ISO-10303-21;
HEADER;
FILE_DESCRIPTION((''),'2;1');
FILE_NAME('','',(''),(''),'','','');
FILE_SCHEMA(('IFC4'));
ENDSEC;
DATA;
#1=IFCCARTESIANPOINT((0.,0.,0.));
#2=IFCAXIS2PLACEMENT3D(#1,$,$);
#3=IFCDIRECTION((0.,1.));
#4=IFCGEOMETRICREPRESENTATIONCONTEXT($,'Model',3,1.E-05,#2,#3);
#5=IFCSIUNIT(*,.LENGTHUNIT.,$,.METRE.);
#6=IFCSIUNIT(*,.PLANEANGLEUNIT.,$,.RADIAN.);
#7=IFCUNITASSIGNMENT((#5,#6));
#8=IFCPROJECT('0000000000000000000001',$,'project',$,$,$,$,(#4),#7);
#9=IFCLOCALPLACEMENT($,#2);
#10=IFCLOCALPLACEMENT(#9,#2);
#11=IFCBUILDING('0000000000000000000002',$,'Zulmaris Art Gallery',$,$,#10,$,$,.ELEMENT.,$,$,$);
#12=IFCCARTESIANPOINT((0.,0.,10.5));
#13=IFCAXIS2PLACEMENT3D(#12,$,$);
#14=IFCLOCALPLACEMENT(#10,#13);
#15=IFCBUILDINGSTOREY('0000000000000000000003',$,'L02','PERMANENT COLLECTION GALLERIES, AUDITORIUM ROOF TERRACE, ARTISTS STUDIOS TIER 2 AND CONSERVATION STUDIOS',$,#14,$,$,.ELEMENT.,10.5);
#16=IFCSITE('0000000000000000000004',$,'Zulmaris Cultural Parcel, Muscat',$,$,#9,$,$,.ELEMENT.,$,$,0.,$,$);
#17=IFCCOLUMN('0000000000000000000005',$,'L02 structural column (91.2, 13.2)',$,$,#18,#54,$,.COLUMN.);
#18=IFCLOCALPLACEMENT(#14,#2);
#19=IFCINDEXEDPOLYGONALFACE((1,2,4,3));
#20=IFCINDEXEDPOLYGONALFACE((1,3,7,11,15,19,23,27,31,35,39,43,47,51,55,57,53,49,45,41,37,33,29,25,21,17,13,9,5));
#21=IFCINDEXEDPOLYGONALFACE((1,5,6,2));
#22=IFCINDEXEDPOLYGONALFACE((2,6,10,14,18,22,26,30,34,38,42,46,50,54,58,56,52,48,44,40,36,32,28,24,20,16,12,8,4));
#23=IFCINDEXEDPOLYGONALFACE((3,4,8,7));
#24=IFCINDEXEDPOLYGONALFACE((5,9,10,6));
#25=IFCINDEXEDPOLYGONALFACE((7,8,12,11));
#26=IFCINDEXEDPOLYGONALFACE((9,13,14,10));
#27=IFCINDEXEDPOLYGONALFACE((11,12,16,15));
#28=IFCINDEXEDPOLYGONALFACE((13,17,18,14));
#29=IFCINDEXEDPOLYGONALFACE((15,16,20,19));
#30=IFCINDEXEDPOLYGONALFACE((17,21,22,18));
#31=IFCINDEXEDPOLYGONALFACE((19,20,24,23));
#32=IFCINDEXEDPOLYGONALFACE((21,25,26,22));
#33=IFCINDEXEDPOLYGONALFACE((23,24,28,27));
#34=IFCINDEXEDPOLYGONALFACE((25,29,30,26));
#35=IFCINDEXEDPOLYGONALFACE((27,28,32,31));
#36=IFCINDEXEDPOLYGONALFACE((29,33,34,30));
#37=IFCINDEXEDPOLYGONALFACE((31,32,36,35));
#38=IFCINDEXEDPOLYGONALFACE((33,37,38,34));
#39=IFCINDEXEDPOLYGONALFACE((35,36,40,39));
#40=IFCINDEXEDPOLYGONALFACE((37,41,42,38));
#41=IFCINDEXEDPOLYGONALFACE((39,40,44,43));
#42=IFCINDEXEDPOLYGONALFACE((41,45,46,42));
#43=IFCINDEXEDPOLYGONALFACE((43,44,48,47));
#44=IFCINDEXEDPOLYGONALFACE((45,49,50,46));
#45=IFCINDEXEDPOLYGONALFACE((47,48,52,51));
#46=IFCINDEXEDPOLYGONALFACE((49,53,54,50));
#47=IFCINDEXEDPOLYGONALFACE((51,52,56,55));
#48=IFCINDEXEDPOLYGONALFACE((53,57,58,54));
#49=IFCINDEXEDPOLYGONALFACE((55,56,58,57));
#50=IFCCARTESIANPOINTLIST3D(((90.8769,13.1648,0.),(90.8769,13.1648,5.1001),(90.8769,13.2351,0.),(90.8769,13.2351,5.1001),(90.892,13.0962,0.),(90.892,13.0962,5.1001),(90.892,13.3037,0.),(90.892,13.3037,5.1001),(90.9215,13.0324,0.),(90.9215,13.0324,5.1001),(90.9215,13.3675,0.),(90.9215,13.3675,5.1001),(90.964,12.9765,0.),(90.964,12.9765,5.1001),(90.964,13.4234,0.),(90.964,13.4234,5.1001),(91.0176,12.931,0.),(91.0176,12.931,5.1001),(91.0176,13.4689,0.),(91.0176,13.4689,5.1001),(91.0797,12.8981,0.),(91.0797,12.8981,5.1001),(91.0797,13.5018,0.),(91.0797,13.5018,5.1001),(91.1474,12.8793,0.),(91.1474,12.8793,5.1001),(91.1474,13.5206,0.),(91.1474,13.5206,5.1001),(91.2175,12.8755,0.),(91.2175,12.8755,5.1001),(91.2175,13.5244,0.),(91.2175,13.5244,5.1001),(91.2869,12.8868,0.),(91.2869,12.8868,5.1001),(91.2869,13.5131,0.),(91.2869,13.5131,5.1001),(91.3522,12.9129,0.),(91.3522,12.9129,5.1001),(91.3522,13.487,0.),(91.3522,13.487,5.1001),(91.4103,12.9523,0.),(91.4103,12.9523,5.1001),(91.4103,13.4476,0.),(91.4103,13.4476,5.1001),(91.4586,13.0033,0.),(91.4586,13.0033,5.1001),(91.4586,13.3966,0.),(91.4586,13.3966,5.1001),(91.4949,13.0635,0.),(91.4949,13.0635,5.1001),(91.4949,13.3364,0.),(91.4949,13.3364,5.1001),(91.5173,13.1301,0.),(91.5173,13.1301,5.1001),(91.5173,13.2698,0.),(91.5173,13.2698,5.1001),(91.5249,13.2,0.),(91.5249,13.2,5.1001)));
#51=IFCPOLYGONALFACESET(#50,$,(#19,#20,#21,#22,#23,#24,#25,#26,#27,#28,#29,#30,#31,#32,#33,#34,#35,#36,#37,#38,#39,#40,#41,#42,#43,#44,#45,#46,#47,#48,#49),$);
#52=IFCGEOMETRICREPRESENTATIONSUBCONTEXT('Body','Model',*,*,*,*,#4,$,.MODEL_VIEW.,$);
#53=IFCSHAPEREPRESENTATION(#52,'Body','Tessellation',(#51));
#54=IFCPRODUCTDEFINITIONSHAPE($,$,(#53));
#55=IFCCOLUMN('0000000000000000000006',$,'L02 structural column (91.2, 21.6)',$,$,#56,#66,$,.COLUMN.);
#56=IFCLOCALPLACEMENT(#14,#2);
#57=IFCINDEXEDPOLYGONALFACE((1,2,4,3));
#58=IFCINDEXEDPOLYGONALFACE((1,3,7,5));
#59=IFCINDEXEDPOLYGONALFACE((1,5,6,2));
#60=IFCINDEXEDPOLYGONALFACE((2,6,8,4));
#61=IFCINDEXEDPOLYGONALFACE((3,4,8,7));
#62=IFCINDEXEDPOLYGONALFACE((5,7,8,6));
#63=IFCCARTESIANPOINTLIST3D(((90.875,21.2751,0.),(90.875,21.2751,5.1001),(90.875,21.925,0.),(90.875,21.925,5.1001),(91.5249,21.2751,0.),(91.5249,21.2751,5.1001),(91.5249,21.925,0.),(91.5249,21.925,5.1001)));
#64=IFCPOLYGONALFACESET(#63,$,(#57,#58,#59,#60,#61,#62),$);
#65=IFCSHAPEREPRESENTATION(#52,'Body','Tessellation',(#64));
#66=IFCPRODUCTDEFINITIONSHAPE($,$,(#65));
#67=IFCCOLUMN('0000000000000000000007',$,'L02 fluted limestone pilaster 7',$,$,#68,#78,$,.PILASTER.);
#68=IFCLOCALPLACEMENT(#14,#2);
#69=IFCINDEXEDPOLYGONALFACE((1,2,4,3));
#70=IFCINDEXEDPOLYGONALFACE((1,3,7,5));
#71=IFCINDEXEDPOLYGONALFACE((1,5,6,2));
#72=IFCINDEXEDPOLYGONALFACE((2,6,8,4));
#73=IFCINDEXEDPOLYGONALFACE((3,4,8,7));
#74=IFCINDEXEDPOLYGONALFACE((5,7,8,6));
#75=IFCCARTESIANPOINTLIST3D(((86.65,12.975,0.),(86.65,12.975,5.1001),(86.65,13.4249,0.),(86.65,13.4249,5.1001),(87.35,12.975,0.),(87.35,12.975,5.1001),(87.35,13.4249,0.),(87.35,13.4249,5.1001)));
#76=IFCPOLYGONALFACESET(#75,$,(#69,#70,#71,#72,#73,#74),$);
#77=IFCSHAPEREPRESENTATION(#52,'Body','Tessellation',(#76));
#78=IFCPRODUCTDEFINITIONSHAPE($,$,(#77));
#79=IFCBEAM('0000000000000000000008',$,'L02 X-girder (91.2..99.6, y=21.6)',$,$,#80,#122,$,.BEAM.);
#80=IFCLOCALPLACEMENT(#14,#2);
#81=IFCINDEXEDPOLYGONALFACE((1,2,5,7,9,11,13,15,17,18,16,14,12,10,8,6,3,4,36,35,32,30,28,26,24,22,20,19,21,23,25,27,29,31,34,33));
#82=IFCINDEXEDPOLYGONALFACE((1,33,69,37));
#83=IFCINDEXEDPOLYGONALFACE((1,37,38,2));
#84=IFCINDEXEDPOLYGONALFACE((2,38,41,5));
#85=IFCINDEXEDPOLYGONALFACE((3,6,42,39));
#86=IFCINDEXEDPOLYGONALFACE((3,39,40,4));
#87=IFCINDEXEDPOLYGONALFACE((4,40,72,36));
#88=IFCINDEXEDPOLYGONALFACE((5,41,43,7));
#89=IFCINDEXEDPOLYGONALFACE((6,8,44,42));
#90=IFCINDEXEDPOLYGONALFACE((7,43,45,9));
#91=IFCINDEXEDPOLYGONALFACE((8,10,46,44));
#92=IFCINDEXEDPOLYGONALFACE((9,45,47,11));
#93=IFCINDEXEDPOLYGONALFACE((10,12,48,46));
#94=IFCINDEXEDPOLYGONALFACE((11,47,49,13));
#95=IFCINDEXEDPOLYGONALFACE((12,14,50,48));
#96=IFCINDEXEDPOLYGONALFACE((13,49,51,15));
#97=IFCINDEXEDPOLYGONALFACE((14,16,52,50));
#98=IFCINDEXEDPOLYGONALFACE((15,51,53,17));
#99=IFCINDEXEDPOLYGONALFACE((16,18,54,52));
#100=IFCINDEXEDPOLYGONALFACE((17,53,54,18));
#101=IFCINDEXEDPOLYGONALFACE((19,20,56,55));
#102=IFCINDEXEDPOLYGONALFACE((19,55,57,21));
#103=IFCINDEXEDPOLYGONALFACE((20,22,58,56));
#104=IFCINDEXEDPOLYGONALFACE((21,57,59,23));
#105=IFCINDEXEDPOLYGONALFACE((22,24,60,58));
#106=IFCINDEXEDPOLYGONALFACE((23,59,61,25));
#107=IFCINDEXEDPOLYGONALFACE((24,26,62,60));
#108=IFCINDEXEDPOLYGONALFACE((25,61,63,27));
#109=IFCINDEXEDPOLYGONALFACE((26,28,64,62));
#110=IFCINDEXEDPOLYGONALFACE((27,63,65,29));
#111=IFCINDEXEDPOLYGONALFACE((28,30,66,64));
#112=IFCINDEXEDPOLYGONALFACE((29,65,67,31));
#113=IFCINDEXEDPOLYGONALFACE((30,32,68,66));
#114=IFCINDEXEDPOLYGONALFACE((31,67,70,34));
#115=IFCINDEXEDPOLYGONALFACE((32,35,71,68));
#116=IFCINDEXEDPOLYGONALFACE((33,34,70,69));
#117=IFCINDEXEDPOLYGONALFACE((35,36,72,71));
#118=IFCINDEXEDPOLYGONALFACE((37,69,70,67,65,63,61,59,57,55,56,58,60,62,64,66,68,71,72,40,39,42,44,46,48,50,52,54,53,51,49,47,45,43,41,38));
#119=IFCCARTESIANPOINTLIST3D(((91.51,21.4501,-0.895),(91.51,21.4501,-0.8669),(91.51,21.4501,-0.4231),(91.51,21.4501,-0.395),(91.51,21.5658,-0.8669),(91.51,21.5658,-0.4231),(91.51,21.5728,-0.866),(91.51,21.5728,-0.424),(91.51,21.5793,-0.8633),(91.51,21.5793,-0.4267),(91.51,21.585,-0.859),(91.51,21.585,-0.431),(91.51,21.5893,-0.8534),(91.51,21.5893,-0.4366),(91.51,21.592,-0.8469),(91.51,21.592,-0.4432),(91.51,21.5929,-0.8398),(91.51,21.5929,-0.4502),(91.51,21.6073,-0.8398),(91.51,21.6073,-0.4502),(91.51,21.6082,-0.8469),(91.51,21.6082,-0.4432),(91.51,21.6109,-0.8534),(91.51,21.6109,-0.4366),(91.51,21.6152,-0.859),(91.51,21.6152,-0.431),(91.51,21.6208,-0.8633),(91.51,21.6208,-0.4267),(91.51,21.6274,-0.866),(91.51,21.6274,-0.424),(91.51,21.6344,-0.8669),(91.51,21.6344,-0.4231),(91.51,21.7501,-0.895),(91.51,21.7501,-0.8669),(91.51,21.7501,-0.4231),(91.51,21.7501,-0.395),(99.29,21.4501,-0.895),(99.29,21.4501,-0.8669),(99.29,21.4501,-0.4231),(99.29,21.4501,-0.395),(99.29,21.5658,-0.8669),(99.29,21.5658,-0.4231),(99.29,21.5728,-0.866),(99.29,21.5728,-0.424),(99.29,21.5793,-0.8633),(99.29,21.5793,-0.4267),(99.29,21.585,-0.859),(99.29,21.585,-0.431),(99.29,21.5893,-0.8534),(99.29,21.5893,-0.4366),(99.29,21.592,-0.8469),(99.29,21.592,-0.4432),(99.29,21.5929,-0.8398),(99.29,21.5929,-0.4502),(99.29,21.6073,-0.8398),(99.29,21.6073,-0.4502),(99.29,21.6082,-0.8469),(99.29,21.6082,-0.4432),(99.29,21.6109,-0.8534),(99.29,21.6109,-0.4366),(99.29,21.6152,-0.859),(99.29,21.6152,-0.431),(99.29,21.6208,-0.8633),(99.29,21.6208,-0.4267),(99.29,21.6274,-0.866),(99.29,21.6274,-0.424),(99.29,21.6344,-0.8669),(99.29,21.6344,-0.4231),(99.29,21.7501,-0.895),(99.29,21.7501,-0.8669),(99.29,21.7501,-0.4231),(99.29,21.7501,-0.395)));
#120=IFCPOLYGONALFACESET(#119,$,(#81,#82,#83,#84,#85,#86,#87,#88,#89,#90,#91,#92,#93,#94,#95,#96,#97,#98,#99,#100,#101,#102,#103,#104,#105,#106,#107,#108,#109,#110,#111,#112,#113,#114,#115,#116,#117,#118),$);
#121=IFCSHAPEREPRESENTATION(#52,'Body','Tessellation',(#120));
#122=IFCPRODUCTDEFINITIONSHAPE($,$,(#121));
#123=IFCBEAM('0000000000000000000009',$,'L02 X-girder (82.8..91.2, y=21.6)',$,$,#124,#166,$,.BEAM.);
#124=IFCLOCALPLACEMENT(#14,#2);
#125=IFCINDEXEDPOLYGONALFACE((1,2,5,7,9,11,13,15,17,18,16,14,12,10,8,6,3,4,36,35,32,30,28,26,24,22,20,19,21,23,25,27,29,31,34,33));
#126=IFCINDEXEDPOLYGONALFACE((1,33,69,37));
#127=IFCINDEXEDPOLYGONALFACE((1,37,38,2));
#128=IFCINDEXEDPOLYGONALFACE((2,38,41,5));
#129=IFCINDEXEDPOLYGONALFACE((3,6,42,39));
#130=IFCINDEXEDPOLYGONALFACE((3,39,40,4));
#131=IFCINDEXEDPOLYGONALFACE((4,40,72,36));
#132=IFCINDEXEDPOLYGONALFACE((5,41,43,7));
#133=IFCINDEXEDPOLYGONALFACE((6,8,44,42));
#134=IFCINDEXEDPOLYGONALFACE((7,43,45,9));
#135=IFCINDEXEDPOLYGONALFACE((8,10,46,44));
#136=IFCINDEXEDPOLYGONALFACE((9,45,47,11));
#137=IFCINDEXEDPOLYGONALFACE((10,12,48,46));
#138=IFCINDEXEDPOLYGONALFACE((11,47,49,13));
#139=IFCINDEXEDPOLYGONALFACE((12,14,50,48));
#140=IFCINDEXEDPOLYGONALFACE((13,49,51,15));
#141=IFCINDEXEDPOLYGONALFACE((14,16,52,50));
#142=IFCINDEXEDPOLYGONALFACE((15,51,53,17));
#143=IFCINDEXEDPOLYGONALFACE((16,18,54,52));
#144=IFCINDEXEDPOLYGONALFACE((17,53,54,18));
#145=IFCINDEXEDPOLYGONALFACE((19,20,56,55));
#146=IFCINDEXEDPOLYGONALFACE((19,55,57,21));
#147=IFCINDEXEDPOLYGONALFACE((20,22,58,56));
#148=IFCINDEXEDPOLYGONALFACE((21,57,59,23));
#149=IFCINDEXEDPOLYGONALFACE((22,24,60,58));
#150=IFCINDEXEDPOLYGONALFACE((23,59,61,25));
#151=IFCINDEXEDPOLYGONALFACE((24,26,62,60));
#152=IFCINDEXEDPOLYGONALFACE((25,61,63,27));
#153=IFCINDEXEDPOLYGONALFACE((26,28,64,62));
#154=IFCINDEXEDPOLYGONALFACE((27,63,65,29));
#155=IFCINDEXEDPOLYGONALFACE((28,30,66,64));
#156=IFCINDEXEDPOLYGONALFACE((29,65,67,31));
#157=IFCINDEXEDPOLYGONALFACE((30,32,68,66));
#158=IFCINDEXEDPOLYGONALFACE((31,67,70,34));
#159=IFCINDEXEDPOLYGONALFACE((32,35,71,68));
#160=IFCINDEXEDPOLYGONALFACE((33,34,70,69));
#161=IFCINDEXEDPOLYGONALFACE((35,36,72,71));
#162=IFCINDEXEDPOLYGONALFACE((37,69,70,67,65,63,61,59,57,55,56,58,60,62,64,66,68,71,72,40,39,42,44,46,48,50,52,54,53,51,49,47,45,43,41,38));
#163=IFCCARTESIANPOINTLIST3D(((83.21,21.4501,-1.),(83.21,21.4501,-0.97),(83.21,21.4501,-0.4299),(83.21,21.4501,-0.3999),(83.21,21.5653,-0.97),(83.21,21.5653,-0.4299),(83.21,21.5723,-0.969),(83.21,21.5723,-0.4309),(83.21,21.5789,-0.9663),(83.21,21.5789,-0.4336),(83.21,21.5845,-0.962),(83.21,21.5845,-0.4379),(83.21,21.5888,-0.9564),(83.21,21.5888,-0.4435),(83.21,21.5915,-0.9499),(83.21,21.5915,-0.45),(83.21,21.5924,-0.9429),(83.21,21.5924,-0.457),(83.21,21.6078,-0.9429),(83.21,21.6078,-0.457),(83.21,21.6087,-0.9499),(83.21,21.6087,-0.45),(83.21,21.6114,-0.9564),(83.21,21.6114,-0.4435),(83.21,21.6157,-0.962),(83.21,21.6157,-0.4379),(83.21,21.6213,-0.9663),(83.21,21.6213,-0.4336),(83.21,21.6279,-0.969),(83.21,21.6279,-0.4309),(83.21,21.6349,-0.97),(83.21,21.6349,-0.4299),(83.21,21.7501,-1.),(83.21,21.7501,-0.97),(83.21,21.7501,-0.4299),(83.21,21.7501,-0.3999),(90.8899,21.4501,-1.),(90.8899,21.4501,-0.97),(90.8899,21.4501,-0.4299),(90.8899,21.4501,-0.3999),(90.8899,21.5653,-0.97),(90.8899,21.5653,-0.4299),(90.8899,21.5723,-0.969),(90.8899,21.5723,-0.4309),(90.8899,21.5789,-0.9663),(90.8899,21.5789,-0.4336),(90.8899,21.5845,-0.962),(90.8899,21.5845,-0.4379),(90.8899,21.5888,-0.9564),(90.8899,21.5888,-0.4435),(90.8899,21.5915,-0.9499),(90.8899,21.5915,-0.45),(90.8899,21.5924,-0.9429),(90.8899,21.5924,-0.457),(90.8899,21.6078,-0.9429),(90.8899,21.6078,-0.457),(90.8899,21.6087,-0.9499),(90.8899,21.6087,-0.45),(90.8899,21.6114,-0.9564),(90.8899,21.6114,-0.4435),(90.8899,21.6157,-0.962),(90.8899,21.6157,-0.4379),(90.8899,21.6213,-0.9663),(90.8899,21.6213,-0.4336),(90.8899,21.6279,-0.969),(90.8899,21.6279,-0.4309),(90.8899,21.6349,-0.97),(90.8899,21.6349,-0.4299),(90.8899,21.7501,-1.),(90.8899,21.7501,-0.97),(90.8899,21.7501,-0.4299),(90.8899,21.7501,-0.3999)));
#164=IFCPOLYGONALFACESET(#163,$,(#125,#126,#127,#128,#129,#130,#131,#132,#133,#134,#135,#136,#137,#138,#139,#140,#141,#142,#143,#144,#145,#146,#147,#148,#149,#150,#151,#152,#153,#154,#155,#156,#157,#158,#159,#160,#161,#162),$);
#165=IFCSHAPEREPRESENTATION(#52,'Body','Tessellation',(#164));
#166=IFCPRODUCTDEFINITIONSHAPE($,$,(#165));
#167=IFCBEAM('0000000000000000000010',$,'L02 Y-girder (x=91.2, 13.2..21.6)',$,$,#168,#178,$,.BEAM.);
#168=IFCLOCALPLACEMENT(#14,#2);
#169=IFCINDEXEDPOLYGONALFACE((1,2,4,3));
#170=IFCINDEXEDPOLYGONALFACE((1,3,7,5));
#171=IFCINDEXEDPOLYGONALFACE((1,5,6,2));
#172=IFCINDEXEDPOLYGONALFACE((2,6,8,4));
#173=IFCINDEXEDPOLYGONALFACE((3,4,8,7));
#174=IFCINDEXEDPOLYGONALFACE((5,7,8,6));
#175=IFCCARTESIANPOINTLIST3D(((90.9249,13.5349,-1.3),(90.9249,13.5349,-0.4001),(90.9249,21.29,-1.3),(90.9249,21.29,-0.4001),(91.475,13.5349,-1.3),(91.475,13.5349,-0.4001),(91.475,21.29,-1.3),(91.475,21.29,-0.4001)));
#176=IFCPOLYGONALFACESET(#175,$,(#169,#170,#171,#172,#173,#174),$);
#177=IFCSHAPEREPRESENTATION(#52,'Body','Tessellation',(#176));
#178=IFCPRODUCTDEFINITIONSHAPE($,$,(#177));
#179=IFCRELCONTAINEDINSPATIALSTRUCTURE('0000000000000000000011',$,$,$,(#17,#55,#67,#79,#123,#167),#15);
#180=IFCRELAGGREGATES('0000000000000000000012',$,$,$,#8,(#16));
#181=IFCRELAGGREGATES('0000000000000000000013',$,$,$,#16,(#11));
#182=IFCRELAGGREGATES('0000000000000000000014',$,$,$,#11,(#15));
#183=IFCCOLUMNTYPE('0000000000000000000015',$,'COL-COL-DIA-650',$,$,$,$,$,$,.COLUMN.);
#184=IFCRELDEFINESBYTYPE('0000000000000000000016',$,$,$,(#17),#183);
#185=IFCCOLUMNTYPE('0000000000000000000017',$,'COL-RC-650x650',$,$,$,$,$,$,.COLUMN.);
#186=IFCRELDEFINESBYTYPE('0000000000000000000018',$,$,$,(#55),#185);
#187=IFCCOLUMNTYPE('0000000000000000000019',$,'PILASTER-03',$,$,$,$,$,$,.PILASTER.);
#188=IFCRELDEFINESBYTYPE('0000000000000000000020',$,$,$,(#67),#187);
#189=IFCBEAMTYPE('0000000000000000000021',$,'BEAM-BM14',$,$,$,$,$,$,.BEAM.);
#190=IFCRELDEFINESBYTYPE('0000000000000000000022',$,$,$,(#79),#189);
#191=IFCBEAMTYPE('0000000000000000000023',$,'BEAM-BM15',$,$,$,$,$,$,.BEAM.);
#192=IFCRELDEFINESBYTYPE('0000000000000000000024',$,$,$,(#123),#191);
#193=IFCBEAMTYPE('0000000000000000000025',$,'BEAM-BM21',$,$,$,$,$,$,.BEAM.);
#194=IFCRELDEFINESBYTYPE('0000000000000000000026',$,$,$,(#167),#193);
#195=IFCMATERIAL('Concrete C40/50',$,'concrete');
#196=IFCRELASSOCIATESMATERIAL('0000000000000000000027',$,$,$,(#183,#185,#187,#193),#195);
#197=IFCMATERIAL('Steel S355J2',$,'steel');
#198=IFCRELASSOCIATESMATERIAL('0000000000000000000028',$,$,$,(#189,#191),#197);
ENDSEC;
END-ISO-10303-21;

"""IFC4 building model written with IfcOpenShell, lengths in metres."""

from ifc_helpers import new_model, si_unit, direction, frame, origin, origin_2d, place, context, subcontext, project, spatial, rectangle, circle, i_section, extrude, material, material_profile, profile_set, type_object, element, save


model = new_model("IFC4")

# Units and contexts
model_context = context("Model", 3, precision=1e-05, world=origin(), true_north=direction((0.0, 1.0)))
body_context = subcontext(model_context, "Body", "Model", "MODEL_VIEW")
ifc_project = project(units=[si_unit("LENGTHUNIT", "METRE"), si_unit("PLANEANGLEUNIT", "RADIAN")], contexts=[model_context])

# Site, building, storey
site_placement = place(None, origin())
site = spatial("IfcSite", under=ifc_project, at=site_placement, Name="Zulmaris Cultural Parcel, Muscat", CompositionType="ELEMENT", RefElevation=0.0)
building_placement = place(site_placement, origin())
building = spatial("IfcBuilding", under=site, at=building_placement, Name="Zulmaris Art Gallery", CompositionType="ELEMENT")
storey_placement = place(building_placement, frame((0.0, 0.0, 10.5)))
storey = spatial("IfcBuildingStorey", under=building, at=storey_placement, Name="L02", Description="PERMANENT COLLECTION GALLERIES, AUDITORIUM ROOF TERRACE, ARTISTS STUDIOS TIER 2 AND CONSERVATION STUDIOS", CompositionType="ELEMENT", Elevation=10.5)

# Columns
ifc_material_1 = material(Name="Concrete C40/50", Category="concrete")
ifc_material_profile_1 = material_profile(ifc_material_1, circle(Radius=0.325, at=origin_2d()), Name="COL DIA 650")
ifc_profile_set_1 = profile_set([ifc_material_profile_1], Name="Concrete C40/50")
column_type_1 = type_object("IfcColumnType", Name="COL-COL-DIA-650", PredefinedType="COLUMN", material=ifc_profile_set_1)
column_1_placement = place(storey_placement, frame((91.2, 13.2, 0.0), z_axis=(0.0, 0.0, 1.0), x_axis=(1.0, 0.0, 0.0)))
element("IfcColumn", 1, at=column_1_placement, inside=storey, type_object=column_type_1, Name="L02 structural column (91.2, 13.2)", PredefinedType="COLUMN", context=body_context, shape_type="SweptSolid", body=[
    extrude(circle(Radius=0.325, at=origin_2d()), origin(), (0.0, 0.0, 1.0), 5.1001),
])
ifc_material_profile_2 = material_profile(ifc_material_1, rectangle(XDim=0.6499, YDim=0.6499, at=origin_2d()), Name="RC 650x650")
ifc_profile_set_2 = profile_set([ifc_material_profile_2], Name="Concrete C40/50")
column_type_2 = type_object("IfcColumnType", Name="COL-RC-650x650", PredefinedType="COLUMN", material=ifc_profile_set_2)
column_2_placement = place(storey_placement, frame((91.2, 21.6001, 0.0), z_axis=(0.0, 0.0, 1.0), x_axis=(1.0, 0.0, 0.0)))
element("IfcColumn", 2, at=column_2_placement, inside=storey, type_object=column_type_2, Name="L02 structural column (91.2, 21.6)", PredefinedType="COLUMN", context=body_context, shape_type="SweptSolid", body=[
    extrude(rectangle(XDim=0.6499, YDim=0.6499, at=origin_2d()), origin(), (0.0, 0.0, 1.0), 5.1001),
])
ifc_material_profile_3 = material_profile(ifc_material_1, rectangle(XDim=0.7, YDim=0.45, at=origin_2d()), Name="PIL 700x450")
ifc_profile_set_3 = profile_set([ifc_material_profile_3], Name="Concrete C40/50")
column_type_3 = type_object("IfcColumnType", Name="PILASTER-03", PredefinedType="PILASTER", material=ifc_profile_set_3)
column_3_placement = place(storey_placement, frame((87.0, 13.2, 0.0), z_axis=(0.0, 0.0, 1.0), x_axis=(1.0, 0.0, 0.0)))
element("IfcColumn", 3, at=column_3_placement, inside=storey, type_object=column_type_3, Name="L02 fluted limestone pilaster 7", PredefinedType="PILASTER", context=body_context, shape_type="SweptSolid", body=[
    extrude(rectangle(XDim=0.7, YDim=0.45, at=origin_2d()), origin(), (0.0, 0.0, 1.0), 5.1001),
])

# Beams
ifc_material_2 = material(Name="Steel S355J2", Category="steel")
ifc_material_profile_4 = material_profile(ifc_material_2, i_section(OverallWidth=0.3, OverallDepth=0.5, WebThickness=0.0144, FlangeThickness=0.0281, FilletRadius=0.0271, at=origin_2d()), Name="HEB 500")
ifc_profile_set_4 = profile_set([ifc_material_profile_4], Name="Steel S355J2")
beam_type_1 = type_object("IfcBeamType", Name="BEAM-BM14", PredefinedType="BEAM", material=ifc_profile_set_4)
beam_1_placement = place(storey_placement, frame((91.51, 21.6001, -0.645), z_axis=(1.0, 0.0, 0.0), x_axis=(0.0, 1.0, 0.0)))
element("IfcBeam", 4, at=beam_1_placement, inside=storey, type_object=beam_type_1, Name="L02 X-girder (91.2..99.6, y=21.6)", PredefinedType="BEAM", context=body_context, shape_type="SweptSolid", body=[
    extrude(i_section(OverallWidth=0.3, OverallDepth=0.5, WebThickness=0.0144, FlangeThickness=0.0281, FilletRadius=0.0271, at=origin_2d()), origin(), (0.0, 0.0, 1.0), 7.78),
])
ifc_material_profile_5 = material_profile(ifc_material_2, i_section(OverallWidth=0.3, OverallDepth=0.6001, WebThickness=0.0154, FlangeThickness=0.03, FilletRadius=0.0271, at=origin_2d()), Name="HEB 600")
ifc_profile_set_5 = profile_set([ifc_material_profile_5], Name="Steel S355J2")
beam_type_2 = type_object("IfcBeamType", Name="BEAM-BM15", PredefinedType="BEAM", material=ifc_profile_set_5)
beam_2_placement = place(storey_placement, frame((83.21, 21.6001, -0.7), z_axis=(1.0, 0.0, 0.0), x_axis=(0.0, 1.0, 0.0)))
element("IfcBeam", 5, at=beam_2_placement, inside=storey, type_object=beam_type_2, Name="L02 X-girder (82.8..91.2, y=21.6)", PredefinedType="BEAM", context=body_context, shape_type="SweptSolid", body=[
    extrude(i_section(OverallWidth=0.3, OverallDepth=0.6001, WebThickness=0.0154, FlangeThickness=0.03, FilletRadius=0.0271, at=origin_2d()), origin(), (0.0, 0.0, 1.0), 7.6799),
])
ifc_material_profile_6 = material_profile(ifc_material_1, rectangle(XDim=0.55, YDim=0.8999, at=origin_2d()), Name="RC 550x900")
ifc_profile_set_6 = profile_set([ifc_material_profile_6], Name="Concrete C40/50")
beam_type_3 = type_object("IfcBeamType", Name="BEAM-BM21", PredefinedType="BEAM", material=ifc_profile_set_6)
beam_3_placement = place(storey_placement, frame((91.2, 13.5349, -0.8501), z_axis=(0.0, 1.0, 0.0), x_axis=(-1.0, 0.0, 0.0)))
element("IfcBeam", 6, at=beam_3_placement, inside=storey, type_object=beam_type_3, Name="L02 Y-girder (x=91.2, 13.2..21.6)", PredefinedType="BEAM", context=body_context, shape_type="SweptSolid", body=[
    extrude(rectangle(XDim=0.55, YDim=0.8999, at=origin_2d()), origin(), (0.0, 0.0, 1.0), 7.7551),
])

save(model, "model.ifc")
